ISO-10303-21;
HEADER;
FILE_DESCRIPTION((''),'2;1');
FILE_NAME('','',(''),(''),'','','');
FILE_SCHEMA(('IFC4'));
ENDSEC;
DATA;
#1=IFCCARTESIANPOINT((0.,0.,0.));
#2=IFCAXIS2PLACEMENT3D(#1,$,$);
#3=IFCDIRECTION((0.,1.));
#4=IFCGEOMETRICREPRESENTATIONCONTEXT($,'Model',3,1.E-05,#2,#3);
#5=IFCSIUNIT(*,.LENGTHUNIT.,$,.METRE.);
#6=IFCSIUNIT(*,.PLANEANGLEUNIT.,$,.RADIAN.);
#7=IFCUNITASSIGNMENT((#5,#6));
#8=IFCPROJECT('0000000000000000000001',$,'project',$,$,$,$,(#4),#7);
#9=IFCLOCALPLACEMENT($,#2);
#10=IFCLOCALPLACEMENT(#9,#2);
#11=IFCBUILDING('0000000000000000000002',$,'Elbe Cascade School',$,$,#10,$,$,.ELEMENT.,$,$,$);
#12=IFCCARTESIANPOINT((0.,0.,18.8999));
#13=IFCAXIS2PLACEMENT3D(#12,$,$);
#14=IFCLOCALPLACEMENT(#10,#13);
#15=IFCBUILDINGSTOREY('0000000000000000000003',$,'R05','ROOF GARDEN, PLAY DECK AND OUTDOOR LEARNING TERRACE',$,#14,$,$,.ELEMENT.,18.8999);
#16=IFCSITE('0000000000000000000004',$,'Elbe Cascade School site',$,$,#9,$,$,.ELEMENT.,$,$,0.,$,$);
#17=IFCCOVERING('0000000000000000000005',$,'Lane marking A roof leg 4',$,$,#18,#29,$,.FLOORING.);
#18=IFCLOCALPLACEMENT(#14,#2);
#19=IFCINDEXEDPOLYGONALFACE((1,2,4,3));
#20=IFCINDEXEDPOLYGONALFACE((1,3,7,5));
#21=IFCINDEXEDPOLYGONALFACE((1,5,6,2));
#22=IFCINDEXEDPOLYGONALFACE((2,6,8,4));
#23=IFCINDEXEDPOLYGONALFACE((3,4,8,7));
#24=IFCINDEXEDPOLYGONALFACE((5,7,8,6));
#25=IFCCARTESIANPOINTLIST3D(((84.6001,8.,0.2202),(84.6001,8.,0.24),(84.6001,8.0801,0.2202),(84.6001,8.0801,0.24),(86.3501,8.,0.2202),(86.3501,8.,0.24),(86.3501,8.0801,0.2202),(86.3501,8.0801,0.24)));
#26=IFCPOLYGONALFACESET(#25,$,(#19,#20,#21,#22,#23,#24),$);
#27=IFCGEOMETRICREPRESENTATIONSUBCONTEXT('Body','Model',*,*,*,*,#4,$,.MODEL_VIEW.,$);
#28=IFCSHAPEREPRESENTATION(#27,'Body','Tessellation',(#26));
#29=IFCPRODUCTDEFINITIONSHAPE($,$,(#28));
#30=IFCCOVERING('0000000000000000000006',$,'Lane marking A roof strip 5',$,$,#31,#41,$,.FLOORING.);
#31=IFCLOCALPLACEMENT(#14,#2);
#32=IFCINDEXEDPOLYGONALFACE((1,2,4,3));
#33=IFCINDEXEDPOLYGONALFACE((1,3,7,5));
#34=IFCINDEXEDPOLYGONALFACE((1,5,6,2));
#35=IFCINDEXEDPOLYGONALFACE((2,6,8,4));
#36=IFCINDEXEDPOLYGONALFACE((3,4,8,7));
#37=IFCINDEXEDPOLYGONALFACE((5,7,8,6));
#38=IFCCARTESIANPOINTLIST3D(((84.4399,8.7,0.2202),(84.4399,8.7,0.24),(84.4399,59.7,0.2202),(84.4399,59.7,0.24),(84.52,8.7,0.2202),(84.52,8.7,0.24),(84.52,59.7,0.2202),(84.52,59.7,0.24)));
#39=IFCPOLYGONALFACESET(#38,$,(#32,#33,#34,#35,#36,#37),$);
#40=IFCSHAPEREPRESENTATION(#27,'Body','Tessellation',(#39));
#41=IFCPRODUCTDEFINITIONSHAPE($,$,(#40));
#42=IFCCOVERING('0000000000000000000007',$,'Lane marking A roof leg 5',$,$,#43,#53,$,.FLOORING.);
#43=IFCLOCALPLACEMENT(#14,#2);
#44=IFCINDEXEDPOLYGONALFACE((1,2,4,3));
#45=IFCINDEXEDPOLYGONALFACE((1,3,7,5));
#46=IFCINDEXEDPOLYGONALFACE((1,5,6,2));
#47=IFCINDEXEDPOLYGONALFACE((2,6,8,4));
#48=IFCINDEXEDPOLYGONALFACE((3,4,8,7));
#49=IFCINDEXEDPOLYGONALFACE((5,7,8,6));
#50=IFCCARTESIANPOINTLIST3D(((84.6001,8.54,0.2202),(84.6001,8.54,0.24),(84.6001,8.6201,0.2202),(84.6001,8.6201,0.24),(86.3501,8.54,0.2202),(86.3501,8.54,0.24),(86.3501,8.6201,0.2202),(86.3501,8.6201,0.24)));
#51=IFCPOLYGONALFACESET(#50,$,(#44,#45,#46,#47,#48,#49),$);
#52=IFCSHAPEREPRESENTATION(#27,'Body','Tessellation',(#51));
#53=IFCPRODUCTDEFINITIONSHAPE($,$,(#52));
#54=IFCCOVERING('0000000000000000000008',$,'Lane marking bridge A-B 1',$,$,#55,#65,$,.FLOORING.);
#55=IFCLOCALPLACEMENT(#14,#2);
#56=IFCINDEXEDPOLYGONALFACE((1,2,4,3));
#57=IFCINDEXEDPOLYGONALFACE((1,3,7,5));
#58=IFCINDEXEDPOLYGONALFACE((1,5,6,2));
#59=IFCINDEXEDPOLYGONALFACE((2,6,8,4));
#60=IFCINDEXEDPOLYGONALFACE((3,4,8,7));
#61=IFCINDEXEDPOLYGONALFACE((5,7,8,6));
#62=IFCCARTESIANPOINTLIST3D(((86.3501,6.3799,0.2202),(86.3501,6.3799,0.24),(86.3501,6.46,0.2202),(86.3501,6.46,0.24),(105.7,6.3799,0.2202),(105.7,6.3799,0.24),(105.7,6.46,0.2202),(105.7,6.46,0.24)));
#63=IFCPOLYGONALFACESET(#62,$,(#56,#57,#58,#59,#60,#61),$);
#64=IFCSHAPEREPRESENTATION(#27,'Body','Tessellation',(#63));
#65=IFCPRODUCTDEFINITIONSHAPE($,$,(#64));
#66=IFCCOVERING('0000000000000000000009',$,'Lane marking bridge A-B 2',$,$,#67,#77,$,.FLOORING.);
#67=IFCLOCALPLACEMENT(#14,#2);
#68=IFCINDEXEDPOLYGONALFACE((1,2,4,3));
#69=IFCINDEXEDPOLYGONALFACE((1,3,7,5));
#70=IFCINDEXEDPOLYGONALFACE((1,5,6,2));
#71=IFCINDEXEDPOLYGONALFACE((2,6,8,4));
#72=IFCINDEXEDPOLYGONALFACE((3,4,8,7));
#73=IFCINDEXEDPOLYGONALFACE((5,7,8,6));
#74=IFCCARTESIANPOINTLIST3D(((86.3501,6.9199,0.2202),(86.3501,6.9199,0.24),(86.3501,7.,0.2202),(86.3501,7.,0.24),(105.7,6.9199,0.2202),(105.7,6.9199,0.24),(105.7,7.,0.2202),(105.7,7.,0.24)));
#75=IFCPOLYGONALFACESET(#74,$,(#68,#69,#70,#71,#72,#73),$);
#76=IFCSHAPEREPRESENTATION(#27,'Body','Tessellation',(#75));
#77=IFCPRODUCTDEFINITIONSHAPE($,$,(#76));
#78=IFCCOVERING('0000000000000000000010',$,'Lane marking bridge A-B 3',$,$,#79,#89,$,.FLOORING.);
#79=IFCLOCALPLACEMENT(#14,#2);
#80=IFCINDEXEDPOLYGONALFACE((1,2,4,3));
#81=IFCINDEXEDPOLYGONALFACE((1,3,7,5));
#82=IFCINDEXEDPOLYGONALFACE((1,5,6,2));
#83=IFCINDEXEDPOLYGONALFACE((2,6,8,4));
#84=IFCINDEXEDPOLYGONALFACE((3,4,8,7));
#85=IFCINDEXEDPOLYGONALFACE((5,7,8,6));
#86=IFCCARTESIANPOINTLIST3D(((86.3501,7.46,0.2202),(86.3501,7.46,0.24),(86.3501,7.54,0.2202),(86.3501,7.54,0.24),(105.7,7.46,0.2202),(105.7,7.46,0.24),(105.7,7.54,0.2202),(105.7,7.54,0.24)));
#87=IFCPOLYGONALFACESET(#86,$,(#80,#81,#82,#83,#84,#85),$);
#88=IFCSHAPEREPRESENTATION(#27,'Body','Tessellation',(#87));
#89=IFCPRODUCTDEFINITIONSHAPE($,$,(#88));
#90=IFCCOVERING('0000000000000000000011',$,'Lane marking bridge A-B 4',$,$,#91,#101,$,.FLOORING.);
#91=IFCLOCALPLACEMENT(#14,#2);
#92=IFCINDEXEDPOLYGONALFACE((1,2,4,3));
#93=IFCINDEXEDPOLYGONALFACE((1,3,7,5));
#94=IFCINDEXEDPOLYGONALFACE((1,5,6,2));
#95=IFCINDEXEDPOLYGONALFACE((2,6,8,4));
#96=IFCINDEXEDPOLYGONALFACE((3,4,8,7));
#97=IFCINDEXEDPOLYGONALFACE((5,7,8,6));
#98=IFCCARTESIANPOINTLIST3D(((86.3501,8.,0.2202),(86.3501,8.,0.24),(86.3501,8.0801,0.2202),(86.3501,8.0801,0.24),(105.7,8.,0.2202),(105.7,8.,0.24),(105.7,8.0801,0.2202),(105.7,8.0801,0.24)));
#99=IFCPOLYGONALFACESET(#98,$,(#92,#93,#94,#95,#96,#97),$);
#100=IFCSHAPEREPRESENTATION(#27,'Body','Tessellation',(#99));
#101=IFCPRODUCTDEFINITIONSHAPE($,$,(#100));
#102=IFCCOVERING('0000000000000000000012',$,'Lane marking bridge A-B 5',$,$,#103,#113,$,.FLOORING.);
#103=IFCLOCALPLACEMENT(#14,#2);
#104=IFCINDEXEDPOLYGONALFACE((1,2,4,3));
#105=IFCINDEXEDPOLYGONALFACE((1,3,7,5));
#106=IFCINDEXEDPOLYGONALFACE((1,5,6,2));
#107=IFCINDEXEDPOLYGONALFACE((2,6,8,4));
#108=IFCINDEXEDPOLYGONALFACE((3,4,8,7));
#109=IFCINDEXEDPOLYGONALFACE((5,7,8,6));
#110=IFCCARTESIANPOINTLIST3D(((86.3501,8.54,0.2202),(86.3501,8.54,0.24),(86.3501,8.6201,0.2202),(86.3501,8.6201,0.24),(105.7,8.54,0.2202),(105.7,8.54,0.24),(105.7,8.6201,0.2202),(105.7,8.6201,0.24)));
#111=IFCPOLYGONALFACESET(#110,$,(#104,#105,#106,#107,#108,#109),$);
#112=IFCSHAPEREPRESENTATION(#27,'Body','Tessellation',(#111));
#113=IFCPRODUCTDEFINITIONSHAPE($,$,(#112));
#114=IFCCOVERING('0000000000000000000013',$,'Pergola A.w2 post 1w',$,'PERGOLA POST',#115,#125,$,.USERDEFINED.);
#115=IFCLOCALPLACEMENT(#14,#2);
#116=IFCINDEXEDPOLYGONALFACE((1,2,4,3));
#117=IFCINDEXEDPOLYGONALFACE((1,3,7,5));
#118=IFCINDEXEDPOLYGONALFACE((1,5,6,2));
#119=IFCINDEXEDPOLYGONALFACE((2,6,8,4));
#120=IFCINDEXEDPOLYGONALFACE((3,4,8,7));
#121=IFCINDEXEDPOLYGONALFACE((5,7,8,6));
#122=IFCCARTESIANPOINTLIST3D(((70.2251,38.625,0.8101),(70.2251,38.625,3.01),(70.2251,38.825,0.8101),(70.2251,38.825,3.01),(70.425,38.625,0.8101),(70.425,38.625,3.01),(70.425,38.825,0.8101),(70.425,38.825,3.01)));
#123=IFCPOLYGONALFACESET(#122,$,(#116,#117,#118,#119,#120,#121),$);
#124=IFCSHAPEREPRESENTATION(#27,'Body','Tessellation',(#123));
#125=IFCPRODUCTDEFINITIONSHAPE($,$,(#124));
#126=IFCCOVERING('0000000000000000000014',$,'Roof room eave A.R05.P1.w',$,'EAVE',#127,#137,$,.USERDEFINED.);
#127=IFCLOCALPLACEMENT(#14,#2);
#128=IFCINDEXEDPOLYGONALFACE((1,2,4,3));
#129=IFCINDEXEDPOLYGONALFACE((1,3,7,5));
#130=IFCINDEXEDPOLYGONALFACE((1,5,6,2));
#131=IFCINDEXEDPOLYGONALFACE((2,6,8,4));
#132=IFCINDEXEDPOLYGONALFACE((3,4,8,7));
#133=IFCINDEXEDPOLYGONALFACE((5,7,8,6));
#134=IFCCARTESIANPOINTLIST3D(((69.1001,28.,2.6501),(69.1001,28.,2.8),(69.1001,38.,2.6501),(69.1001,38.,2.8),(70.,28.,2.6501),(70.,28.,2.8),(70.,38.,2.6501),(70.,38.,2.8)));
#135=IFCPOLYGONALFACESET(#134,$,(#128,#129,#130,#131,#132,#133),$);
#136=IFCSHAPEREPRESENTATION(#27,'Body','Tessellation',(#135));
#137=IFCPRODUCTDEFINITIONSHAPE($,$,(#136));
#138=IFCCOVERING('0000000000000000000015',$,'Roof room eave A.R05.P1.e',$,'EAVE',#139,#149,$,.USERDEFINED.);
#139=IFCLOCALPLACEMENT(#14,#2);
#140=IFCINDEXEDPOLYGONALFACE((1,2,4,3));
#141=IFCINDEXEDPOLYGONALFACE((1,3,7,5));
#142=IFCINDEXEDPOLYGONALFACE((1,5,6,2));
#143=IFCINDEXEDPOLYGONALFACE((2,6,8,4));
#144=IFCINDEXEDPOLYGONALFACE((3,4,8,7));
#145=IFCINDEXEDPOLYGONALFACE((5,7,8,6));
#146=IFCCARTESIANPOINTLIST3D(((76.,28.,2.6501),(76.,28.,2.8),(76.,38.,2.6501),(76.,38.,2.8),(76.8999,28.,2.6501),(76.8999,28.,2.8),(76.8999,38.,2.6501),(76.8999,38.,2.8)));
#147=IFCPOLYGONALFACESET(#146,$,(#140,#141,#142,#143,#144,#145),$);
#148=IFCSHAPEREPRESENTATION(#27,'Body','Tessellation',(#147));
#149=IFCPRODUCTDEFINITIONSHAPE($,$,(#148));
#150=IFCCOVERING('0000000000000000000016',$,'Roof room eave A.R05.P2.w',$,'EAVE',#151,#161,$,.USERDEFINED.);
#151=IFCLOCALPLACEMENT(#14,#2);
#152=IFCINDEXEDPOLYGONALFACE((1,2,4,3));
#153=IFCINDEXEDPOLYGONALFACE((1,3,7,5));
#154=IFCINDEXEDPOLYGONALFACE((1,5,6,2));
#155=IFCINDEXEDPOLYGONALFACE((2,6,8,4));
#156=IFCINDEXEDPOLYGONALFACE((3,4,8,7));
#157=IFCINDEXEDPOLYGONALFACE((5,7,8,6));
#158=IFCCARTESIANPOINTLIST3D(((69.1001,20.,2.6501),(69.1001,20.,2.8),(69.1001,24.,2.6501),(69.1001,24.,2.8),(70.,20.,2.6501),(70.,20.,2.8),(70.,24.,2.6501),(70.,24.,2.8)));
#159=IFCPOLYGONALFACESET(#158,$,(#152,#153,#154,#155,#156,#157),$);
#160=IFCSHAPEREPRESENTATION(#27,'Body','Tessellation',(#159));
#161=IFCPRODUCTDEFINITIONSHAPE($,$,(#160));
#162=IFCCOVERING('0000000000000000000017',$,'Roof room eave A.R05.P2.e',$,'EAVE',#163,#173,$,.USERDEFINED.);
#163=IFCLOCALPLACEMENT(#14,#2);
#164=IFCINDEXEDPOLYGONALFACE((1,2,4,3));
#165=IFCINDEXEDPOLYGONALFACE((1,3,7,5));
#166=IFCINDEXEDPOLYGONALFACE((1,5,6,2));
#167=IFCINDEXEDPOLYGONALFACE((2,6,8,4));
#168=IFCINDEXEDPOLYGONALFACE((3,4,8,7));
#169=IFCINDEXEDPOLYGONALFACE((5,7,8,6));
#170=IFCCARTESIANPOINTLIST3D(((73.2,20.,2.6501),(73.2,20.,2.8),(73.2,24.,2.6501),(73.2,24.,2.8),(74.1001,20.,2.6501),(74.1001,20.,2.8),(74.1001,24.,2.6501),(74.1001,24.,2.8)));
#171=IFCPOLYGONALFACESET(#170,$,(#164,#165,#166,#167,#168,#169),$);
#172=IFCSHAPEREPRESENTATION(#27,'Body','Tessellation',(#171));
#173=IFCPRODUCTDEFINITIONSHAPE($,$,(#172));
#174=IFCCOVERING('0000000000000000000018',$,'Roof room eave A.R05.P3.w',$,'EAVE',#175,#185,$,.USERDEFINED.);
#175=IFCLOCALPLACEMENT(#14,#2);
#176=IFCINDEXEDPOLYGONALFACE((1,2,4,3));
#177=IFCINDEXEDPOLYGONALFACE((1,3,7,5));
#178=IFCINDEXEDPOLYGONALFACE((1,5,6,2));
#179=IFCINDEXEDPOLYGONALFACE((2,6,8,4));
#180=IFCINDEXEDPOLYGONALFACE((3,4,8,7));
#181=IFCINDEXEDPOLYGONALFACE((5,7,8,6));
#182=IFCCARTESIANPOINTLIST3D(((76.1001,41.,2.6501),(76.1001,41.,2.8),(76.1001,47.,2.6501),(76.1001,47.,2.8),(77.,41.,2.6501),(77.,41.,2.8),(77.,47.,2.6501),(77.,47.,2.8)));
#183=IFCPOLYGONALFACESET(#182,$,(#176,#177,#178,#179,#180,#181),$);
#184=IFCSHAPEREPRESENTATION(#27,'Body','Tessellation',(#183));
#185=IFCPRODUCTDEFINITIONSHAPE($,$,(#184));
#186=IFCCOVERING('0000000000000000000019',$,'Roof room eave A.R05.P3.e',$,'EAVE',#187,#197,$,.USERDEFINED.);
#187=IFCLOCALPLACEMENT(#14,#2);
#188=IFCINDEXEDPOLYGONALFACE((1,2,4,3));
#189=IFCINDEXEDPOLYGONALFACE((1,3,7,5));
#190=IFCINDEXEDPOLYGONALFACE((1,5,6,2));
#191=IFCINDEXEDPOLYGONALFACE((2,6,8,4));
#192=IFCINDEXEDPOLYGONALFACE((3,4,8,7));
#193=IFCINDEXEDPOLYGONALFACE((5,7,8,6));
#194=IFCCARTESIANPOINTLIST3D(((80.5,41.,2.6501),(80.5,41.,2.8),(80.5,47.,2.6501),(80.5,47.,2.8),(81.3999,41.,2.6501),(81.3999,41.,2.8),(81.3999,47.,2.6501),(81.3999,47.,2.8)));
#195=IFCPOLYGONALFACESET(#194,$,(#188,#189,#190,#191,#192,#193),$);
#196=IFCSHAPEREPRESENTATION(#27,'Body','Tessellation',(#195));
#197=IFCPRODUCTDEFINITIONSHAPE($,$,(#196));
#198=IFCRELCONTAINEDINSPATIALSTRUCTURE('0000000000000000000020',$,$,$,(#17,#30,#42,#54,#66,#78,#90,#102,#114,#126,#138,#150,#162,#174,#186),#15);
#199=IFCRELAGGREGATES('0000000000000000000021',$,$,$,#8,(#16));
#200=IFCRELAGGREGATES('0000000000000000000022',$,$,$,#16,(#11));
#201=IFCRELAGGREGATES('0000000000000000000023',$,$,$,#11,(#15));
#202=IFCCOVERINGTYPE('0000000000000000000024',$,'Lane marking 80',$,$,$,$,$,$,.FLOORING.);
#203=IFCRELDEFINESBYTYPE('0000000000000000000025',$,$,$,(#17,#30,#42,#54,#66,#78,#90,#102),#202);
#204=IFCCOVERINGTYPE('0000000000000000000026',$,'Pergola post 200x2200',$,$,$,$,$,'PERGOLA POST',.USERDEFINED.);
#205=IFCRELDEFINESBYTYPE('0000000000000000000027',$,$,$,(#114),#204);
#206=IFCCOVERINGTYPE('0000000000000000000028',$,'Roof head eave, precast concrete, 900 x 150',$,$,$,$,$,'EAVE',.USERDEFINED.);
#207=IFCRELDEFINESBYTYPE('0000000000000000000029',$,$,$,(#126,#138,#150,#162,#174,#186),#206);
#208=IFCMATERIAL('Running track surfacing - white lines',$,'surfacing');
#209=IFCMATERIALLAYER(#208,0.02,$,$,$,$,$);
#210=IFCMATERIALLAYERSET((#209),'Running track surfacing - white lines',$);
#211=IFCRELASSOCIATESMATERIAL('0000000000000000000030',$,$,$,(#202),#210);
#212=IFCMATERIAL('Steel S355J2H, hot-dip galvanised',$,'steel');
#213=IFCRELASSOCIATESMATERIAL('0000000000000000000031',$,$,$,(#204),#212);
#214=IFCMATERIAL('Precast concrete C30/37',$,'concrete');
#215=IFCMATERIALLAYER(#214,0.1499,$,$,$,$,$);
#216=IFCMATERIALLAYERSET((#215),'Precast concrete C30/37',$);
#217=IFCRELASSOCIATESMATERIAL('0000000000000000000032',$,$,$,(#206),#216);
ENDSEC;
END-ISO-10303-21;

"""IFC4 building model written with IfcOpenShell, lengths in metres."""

from ifc_helpers import new_model, si_unit, direction, frame, origin, place, context, subcontext, project, spatial, polyline, outline, extrude, material, layer, layer_set, type_object, element, save


model = new_model("IFC4")

# Units and contexts
model_context = context("Model", 3, precision=1e-05, world=origin(), true_north=direction((0.0, 1.0)))
body_context = subcontext(model_context, "Body", "Model", "MODEL_VIEW")
ifc_project = project(units=[si_unit("LENGTHUNIT", "METRE"), si_unit("PLANEANGLEUNIT", "RADIAN")], contexts=[model_context])

# Site, building, storey
site_placement = place(None, origin())
site = spatial("IfcSite", under=ifc_project, at=site_placement, Name="Elbe Cascade School site", CompositionType="ELEMENT", RefElevation=0.0)
building_placement = place(site_placement, origin())
building = spatial("IfcBuilding", under=site, at=building_placement, Name="Elbe Cascade School", CompositionType="ELEMENT")
storey_placement = place(building_placement, frame((0.0, 0.0, 18.8999)))
storey = spatial("IfcBuildingStorey", under=building, at=storey_placement, Name="R05", Description="ROOF GARDEN, PLAY DECK AND OUTDOOR LEARNING TERRACE", CompositionType="ELEMENT", Elevation=18.8999)

# Coverings
ifc_material_1 = material(Name="Running track surfacing - white lines", Category="surfacing")
ifc_layer_1 = layer(ifc_material_1, 0.02)
ifc_layer_set_1 = layer_set([ifc_layer_1], Name="Running track surfacing - white lines")
covering_type_1 = type_object("IfcCoveringType", Name="Lane marking 80", PredefinedType="FLOORING", material=ifc_layer_set_1)
covering_1_placement = place(storey_placement, frame((0.0, 0.0, 0.2202)))
element("IfcCovering", 1, at=covering_1_placement, inside=storey, type_object=covering_type_1, Name="Lane marking A roof leg 4", PredefinedType="FLOORING", context=body_context, shape_type="SweptSolid", body=[
    extrude(outline(polyline([(84.6001, 8.0), (86.3501, 8.0), (86.3501, 8.0801), (84.6001, 8.0801), (84.6001, 8.0)])), origin(), (0.0, 0.0, 1.0), 0.0198),
])
covering_2_placement = place(storey_placement, frame((0.0, 0.0, 0.2202)))
element("IfcCovering", 2, at=covering_2_placement, inside=storey, type_object=covering_type_1, Name="Lane marking A roof strip 5", PredefinedType="FLOORING", context=body_context, shape_type="SweptSolid", body=[
    extrude(outline(polyline([(84.52, 59.7), (84.52, 8.7), (84.4399, 8.7), (84.4399, 59.7), (84.52, 59.7)])), origin(), (0.0, 0.0, 1.0), 0.0198),
])
covering_3_placement = place(storey_placement, frame((0.0, 0.0, 0.2202)))
element("IfcCovering", 3, at=covering_3_placement, inside=storey, type_object=covering_type_1, Name="Lane marking A roof leg 5", PredefinedType="FLOORING", context=body_context, shape_type="SweptSolid", body=[
    extrude(outline(polyline([(84.6001, 8.54), (86.3501, 8.54), (86.3501, 8.6201), (84.6001, 8.6201), (84.6001, 8.54)])), origin(), (0.0, 0.0, 1.0), 0.0198),
])
covering_4_placement = place(storey_placement, frame((0.0, 0.0, 0.2202)))
element("IfcCovering", 4, at=covering_4_placement, inside=storey, type_object=covering_type_1, Name="Lane marking bridge A-B 1", PredefinedType="FLOORING", context=body_context, shape_type="SweptSolid", body=[
    extrude(outline(polyline([(86.3501, 6.3799), (105.7, 6.3799), (105.7, 6.46), (86.3501, 6.46), (86.3501, 6.3799)])), origin(), (0.0, 0.0, 1.0), 0.0198),
])
covering_5_placement = place(storey_placement, frame((0.0, 0.0, 0.2202)))
element("IfcCovering", 5, at=covering_5_placement, inside=storey, type_object=covering_type_1, Name="Lane marking bridge A-B 2", PredefinedType="FLOORING", context=body_context, shape_type="SweptSolid", body=[
    extrude(outline(polyline([(86.3501, 6.9199), (105.7, 6.9199), (105.7, 7.0), (86.3501, 7.0), (86.3501, 6.9199)])), origin(), (0.0, 0.0, 1.0), 0.0198),
])
covering_6_placement = place(storey_placement, frame((0.0, 0.0, 0.2202)))
element("IfcCovering", 6, at=covering_6_placement, inside=storey, type_object=covering_type_1, Name="Lane marking bridge A-B 3", PredefinedType="FLOORING", context=body_context, shape_type="SweptSolid", body=[
    extrude(outline(polyline([(86.3501, 7.46), (105.7, 7.46), (105.7, 7.54), (86.3501, 7.54), (86.3501, 7.46)])), origin(), (0.0, 0.0, 1.0), 0.0198),
])
covering_7_placement = place(storey_placement, frame((0.0, 0.0, 0.2202)))
element("IfcCovering", 7, at=covering_7_placement, inside=storey, type_object=covering_type_1, Name="Lane marking bridge A-B 4", PredefinedType="FLOORING", context=body_context, shape_type="SweptSolid", body=[
    extrude(outline(polyline([(86.3501, 8.0), (105.7, 8.0), (105.7, 8.0801), (86.3501, 8.0801), (86.3501, 8.0)])), origin(), (0.0, 0.0, 1.0), 0.0198),
])
covering_8_placement = place(storey_placement, frame((0.0, 0.0, 0.2202)))
element("IfcCovering", 8, at=covering_8_placement, inside=storey, type_object=covering_type_1, Name="Lane marking bridge A-B 5", PredefinedType="FLOORING", context=body_context, shape_type="SweptSolid", body=[
    extrude(outline(polyline([(86.3501, 8.54), (105.7, 8.54), (105.7, 8.6201), (86.3501, 8.6201), (86.3501, 8.54)])), origin(), (0.0, 0.0, 1.0), 0.0198),
])
ifc_material_2 = material(Name="Steel S355J2H, hot-dip galvanised", Category="steel")
covering_type_2 = type_object("IfcCoveringType", Name="Pergola post 200x2200", ElementType="PERGOLA POST", PredefinedType="USERDEFINED", material=ifc_material_2)
covering_9_placement = place(storey_placement, frame((0.0, 0.0, 0.8101)))
element("IfcCovering", 9, at=covering_9_placement, inside=storey, type_object=covering_type_2, Name="Pergola A.w2 post 1w", ObjectType="PERGOLA POST", PredefinedType="USERDEFINED", context=body_context, shape_type="SweptSolid", body=[
    extrude(outline(polyline([(70.2251, 38.625), (70.425, 38.625), (70.425, 38.825), (70.2251, 38.825), (70.2251, 38.625)])), origin(), (0.0, 0.0, 1.0), 2.2),
])
ifc_material_3 = material(Name="Precast concrete C30/37", Category="concrete")
ifc_layer_2 = layer(ifc_material_3, 0.1499)
ifc_layer_set_2 = layer_set([ifc_layer_2], Name="Precast concrete C30/37")
covering_type_3 = type_object("IfcCoveringType", Name="Roof head eave, precast concrete, 900 x 150", ElementType="EAVE", PredefinedType="USERDEFINED", material=ifc_layer_set_2)
covering_10_placement = place(storey_placement, frame((0.0, 0.0, 2.6501)))
element("IfcCovering", 10, at=covering_10_placement, inside=storey, type_object=covering_type_3, Name="Roof room eave A.R05.P1.w", ObjectType="EAVE", PredefinedType="USERDEFINED", context=body_context, shape_type="SweptSolid", body=[
    extrude(outline(polyline([(69.1001, 28.0), (70.0, 28.0), (70.0, 38.0), (69.1001, 38.0), (69.1001, 28.0)])), origin(), (0.0, 0.0, 1.0), 0.1499),
])
covering_11_placement = place(storey_placement, frame((0.0, 0.0, 2.6501)))
element("IfcCovering", 11, at=covering_11_placement, inside=storey, type_object=covering_type_3, Name="Roof room eave A.R05.P1.e", ObjectType="EAVE", PredefinedType="USERDEFINED", context=body_context, shape_type="SweptSolid", body=[
    extrude(outline(polyline([(76.0, 28.0), (76.8999, 28.0), (76.8999, 38.0), (76.0, 38.0), (76.0, 28.0)])), origin(), (0.0, 0.0, 1.0), 0.1499),
])
covering_12_placement = place(storey_placement, frame((0.0, 0.0, 2.6501)))
element("IfcCovering", 12, at=covering_12_placement, inside=storey, type_object=covering_type_3, Name="Roof room eave A.R05.P2.w", ObjectType="EAVE", PredefinedType="USERDEFINED", context=body_context, shape_type="SweptSolid", body=[
    extrude(outline(polyline([(69.1001, 20.0), (70.0, 20.0), (70.0, 24.0), (69.1001, 24.0), (69.1001, 20.0)])), origin(), (0.0, 0.0, 1.0), 0.1499),
])
covering_13_placement = place(storey_placement, frame((0.0, 0.0, 2.6501)))
element("IfcCovering", 13, at=covering_13_placement, inside=storey, type_object=covering_type_3, Name="Roof room eave A.R05.P2.e", ObjectType="EAVE", PredefinedType="USERDEFINED", context=body_context, shape_type="SweptSolid", body=[
    extrude(outline(polyline([(73.2, 20.0), (74.1001, 20.0), (74.1001, 24.0), (73.2, 24.0), (73.2, 20.0)])), origin(), (0.0, 0.0, 1.0), 0.1499),
])
covering_14_placement = place(storey_placement, frame((0.0, 0.0, 2.6501)))
element("IfcCovering", 14, at=covering_14_placement, inside=storey, type_object=covering_type_3, Name="Roof room eave A.R05.P3.w", ObjectType="EAVE", PredefinedType="USERDEFINED", context=body_context, shape_type="SweptSolid", body=[
    extrude(outline(polyline([(76.1001, 41.0), (77.0, 41.0), (77.0, 47.0), (76.1001, 47.0), (76.1001, 41.0)])), origin(), (0.0, 0.0, 1.0), 0.1499),
])
covering_15_placement = place(storey_placement, frame((0.0, 0.0, 2.6501)))
element("IfcCovering", 15, at=covering_15_placement, inside=storey, type_object=covering_type_3, Name="Roof room eave A.R05.P3.e", ObjectType="EAVE", PredefinedType="USERDEFINED", context=body_context, shape_type="SweptSolid", body=[
    extrude(outline(polyline([(80.5, 41.0), (81.3999, 41.0), (81.3999, 47.0), (80.5, 47.0), (80.5, 41.0)])), origin(), (0.0, 0.0, 1.0), 0.1499),
])

save(model, "model.ifc")
